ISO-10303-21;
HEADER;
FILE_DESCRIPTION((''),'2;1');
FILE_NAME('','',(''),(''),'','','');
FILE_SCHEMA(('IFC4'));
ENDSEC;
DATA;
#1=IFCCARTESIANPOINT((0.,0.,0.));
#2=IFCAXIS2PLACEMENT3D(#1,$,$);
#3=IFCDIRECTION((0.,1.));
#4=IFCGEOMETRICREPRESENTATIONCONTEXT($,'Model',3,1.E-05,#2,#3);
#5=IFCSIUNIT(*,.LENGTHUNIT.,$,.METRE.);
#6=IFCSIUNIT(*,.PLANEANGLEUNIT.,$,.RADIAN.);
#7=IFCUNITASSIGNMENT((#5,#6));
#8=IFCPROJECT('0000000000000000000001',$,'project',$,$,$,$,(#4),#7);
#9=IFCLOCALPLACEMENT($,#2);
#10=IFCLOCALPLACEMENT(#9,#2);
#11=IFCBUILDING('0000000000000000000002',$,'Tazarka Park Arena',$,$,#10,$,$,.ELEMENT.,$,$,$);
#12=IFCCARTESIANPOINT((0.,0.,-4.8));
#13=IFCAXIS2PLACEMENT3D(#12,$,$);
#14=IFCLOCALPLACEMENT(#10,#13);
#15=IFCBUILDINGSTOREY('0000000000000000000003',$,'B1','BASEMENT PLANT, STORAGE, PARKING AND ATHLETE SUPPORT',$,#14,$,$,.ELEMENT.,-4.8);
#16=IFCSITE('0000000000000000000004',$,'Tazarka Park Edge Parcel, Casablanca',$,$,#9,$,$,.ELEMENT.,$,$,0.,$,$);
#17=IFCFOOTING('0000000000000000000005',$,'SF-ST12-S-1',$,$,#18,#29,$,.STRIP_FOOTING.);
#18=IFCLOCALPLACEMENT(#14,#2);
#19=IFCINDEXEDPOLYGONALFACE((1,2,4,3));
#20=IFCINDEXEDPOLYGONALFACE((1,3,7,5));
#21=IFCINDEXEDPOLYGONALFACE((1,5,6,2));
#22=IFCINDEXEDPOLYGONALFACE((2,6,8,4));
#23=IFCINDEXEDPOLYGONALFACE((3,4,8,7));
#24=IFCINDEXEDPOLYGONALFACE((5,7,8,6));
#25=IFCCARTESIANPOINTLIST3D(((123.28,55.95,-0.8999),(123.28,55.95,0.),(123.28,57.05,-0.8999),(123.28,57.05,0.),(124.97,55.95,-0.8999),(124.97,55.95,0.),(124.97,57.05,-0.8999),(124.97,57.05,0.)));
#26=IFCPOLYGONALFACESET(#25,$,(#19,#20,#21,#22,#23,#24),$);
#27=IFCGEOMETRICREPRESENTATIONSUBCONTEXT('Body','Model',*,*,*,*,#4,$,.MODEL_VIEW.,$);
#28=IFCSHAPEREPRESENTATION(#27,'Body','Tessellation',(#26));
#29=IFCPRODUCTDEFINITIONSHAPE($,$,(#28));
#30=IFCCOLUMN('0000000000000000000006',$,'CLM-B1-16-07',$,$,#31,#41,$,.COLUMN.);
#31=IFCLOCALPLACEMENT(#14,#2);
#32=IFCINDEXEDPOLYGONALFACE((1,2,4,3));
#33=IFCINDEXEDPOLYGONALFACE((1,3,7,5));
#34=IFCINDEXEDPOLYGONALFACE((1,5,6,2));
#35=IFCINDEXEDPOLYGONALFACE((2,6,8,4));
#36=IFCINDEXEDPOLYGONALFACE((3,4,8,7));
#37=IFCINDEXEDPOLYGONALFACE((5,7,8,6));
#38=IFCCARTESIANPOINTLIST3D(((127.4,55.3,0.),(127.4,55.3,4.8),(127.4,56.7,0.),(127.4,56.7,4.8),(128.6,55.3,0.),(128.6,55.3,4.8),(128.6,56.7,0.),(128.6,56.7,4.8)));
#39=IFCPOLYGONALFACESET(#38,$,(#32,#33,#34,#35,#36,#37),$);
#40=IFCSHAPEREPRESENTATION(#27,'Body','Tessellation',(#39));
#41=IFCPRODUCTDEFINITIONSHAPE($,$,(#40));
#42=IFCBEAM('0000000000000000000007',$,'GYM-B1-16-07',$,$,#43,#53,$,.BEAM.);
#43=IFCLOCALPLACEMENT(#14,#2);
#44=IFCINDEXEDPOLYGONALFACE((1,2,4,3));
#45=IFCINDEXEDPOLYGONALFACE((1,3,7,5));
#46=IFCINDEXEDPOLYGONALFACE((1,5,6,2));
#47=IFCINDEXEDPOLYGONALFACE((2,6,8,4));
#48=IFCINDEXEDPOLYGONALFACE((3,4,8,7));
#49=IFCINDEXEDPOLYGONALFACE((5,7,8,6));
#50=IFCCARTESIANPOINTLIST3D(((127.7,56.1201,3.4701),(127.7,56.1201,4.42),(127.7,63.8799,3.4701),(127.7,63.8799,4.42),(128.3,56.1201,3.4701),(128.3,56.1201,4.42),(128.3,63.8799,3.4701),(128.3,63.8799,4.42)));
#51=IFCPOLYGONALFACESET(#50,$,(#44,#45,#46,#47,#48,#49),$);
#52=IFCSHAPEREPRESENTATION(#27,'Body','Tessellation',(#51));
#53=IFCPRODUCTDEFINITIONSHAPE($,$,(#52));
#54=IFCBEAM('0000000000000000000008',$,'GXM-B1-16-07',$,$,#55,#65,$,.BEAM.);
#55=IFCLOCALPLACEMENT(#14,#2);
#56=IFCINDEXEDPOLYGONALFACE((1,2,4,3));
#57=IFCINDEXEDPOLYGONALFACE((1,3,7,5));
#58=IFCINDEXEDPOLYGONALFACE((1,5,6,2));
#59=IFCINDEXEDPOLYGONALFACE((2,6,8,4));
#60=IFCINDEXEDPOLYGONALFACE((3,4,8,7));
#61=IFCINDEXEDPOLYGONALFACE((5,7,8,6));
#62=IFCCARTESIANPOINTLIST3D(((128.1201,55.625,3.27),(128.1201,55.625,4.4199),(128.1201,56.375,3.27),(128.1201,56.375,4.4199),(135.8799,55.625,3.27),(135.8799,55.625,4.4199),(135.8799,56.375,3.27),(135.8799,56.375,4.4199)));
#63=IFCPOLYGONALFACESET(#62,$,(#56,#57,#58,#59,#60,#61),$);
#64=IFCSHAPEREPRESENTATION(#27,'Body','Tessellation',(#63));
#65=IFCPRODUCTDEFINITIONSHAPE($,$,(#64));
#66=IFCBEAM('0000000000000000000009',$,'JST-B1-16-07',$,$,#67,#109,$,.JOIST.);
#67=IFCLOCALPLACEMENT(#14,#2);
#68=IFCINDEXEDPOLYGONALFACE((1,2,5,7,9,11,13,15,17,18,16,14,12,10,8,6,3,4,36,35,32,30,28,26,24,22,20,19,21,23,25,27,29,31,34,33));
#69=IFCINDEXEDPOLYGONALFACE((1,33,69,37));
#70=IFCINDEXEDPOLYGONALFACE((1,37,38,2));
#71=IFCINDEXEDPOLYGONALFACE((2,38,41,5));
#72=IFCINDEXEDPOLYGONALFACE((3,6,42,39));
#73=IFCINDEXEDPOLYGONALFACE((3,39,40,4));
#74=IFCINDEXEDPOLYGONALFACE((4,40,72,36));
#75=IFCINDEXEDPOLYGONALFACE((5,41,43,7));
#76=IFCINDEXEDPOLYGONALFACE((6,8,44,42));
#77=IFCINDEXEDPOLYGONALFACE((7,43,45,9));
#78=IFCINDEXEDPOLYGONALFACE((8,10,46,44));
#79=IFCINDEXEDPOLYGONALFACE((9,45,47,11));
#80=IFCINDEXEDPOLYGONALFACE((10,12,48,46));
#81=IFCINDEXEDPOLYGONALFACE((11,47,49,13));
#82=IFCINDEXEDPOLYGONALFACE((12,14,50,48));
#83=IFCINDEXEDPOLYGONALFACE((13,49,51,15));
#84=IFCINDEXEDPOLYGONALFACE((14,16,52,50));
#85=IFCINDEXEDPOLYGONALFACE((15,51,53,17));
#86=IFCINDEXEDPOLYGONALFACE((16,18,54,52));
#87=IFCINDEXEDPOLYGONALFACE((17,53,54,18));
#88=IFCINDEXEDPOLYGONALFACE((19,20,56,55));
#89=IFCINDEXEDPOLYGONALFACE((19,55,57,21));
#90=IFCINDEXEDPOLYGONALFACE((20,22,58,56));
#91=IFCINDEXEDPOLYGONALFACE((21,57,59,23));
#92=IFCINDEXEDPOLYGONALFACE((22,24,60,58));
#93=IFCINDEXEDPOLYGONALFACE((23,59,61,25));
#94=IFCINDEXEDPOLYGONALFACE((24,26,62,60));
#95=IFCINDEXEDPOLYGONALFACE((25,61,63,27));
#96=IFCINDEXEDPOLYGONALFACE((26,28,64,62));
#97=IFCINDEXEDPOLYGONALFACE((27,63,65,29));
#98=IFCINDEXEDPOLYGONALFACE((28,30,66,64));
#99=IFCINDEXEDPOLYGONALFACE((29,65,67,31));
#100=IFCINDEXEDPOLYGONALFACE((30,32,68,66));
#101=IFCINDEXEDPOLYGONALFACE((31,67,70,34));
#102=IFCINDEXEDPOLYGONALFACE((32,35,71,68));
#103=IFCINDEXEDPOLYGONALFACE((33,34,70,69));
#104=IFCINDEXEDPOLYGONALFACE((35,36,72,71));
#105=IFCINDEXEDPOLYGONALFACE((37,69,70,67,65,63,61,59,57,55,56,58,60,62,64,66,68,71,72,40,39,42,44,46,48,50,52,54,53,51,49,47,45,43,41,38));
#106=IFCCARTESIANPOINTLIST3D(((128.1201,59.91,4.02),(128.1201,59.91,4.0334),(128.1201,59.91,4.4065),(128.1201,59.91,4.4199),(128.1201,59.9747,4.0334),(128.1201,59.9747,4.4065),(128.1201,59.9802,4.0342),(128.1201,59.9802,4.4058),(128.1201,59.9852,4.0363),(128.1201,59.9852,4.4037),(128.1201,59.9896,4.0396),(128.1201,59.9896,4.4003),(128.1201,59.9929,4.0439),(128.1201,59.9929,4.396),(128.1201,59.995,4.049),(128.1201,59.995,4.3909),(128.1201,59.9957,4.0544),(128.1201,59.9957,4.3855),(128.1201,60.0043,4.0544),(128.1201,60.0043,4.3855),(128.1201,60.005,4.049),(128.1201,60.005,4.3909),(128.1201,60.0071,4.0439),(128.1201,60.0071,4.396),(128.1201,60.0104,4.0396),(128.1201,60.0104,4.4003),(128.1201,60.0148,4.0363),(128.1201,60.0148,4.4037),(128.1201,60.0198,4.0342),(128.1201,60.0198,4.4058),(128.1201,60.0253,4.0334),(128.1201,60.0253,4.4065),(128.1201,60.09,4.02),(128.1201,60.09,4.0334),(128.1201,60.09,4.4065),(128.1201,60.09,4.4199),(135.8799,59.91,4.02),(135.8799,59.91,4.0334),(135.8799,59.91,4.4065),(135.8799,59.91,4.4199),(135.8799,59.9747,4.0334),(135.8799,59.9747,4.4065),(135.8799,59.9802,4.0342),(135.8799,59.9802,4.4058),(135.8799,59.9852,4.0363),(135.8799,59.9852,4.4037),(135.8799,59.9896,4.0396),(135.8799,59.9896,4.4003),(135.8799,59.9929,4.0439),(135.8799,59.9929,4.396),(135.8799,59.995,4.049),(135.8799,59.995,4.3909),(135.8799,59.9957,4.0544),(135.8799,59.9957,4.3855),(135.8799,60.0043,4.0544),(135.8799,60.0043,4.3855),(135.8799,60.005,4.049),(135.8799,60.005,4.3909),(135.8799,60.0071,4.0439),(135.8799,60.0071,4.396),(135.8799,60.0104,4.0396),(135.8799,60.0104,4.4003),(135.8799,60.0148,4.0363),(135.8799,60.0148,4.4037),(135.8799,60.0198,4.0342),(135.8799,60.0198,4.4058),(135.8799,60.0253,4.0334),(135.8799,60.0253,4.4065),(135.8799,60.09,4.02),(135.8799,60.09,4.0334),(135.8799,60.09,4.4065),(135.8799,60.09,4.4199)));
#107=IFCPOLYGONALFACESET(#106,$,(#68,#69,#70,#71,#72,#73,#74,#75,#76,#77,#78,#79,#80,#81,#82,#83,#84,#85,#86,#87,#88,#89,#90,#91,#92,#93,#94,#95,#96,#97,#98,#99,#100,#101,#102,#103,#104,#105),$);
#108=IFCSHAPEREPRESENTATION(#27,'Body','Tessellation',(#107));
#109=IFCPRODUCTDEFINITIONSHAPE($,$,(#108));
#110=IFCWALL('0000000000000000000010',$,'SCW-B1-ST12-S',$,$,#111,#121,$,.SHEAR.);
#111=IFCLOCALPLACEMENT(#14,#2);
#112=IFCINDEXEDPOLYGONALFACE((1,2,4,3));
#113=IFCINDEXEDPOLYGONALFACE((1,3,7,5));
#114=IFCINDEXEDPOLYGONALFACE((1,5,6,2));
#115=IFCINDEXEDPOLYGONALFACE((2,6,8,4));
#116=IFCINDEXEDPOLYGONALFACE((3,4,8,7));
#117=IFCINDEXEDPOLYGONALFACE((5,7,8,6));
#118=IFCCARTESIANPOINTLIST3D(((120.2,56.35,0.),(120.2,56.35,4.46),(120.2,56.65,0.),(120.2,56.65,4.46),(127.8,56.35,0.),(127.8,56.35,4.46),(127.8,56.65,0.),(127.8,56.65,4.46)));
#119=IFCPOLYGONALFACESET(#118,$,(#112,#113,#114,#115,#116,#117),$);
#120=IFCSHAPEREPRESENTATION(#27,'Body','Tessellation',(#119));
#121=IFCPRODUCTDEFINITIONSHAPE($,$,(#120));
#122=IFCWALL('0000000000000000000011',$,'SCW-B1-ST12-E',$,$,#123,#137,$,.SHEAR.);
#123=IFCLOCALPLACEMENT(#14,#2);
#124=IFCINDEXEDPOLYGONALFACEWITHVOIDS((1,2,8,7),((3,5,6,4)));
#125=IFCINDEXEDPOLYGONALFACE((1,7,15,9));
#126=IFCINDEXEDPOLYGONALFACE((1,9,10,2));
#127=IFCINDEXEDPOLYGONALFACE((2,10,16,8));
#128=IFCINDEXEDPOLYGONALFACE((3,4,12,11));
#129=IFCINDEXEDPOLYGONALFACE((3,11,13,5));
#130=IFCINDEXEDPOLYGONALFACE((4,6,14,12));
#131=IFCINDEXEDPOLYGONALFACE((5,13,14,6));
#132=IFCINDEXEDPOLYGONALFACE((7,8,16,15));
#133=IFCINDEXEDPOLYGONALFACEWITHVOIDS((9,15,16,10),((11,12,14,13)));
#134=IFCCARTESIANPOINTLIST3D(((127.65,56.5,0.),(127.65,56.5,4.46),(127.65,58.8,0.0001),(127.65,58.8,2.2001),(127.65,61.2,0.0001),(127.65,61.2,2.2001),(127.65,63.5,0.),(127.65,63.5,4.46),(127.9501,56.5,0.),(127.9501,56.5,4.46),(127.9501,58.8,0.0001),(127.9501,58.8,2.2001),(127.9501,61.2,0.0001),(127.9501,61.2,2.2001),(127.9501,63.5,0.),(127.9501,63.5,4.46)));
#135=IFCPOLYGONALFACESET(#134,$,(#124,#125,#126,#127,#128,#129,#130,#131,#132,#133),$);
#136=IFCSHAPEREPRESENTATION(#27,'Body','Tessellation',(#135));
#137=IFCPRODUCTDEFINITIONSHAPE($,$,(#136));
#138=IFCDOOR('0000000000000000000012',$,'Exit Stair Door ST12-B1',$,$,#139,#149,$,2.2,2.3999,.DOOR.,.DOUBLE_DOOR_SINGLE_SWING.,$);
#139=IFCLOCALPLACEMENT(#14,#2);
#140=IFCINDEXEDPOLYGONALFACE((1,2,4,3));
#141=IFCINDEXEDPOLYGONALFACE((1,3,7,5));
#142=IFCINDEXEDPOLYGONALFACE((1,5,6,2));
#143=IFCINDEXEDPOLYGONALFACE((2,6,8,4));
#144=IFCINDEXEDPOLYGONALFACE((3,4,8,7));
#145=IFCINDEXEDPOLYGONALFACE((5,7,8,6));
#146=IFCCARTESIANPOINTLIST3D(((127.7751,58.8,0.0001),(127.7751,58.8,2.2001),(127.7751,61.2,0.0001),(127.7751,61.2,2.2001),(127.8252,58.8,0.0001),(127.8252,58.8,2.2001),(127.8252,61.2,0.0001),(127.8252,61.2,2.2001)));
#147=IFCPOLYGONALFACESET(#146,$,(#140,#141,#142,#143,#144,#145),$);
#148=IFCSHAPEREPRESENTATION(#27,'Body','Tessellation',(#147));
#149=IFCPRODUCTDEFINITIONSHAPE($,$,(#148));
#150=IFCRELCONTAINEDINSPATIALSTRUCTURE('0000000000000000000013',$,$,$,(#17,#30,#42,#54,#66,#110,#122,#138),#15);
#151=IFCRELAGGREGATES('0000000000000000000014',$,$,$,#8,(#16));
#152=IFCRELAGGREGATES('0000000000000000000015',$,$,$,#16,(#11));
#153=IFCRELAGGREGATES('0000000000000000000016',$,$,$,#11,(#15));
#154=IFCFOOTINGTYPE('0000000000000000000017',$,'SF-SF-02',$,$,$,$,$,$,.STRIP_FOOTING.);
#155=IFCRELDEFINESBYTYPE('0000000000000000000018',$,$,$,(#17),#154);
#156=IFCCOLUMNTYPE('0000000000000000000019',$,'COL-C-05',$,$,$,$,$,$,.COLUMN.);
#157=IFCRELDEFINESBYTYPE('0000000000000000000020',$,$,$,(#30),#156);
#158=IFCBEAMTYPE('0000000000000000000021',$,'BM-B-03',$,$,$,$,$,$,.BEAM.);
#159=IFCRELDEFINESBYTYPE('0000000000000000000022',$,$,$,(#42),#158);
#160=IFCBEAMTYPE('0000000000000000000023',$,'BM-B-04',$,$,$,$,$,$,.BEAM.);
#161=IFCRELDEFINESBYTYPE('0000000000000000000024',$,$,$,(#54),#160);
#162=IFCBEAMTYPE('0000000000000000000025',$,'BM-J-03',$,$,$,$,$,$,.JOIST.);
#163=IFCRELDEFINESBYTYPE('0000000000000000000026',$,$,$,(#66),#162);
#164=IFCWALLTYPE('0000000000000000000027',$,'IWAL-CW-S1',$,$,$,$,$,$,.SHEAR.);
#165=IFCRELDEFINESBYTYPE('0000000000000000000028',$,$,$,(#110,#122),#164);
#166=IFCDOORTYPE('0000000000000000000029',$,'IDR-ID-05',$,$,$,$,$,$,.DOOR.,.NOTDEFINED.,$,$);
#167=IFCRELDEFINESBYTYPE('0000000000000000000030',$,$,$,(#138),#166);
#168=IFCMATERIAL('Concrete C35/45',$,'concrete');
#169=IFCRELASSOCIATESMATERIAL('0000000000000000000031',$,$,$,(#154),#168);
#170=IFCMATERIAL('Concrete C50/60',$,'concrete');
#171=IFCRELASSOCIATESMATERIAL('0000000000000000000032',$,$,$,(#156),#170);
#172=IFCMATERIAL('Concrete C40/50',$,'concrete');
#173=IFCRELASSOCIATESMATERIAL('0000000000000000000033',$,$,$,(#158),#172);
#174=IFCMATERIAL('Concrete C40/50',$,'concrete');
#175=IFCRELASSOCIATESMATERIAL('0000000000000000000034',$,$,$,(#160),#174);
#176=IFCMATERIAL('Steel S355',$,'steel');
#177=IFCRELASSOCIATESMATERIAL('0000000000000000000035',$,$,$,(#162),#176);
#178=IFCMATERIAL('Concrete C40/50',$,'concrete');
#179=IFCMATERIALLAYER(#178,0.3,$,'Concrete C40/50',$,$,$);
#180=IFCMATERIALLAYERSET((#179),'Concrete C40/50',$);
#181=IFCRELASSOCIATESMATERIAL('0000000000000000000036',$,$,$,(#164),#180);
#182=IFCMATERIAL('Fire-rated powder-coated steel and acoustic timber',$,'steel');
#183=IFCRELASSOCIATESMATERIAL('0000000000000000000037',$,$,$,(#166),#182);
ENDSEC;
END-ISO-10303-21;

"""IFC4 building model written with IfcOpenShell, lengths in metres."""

from ifc_helpers import new_model, si_unit, direction, frame, frame_2d, origin, origin_2d, place, context, subcontext, project, spatial, rectangle, i_section, extrude, material, layer, layer_set, material_profile, profile_set, type_object, element, fill, save


model = new_model("IFC4")

# Units and contexts
model_context = context("Model", 3, precision=1e-05, world=origin(), true_north=direction((0.0, 1.0)))
body_context = subcontext(model_context, "Body", "Model", "MODEL_VIEW")
ifc_project = project(units=[si_unit("LENGTHUNIT", "METRE"), si_unit("PLANEANGLEUNIT", "RADIAN")], contexts=[model_context])

# Site, building, storey
site_placement = place(None, origin())
site = spatial("IfcSite", under=ifc_project, at=site_placement, Name="Tazarka Park Edge Parcel, Casablanca", CompositionType="ELEMENT", RefElevation=0.0)
building_placement = place(site_placement, origin())
building = spatial("IfcBuilding", under=site, at=building_placement, Name="Tazarka Park Arena", CompositionType="ELEMENT")
storey_placement = place(building_placement, frame((0.0, 0.0, -4.8)))
storey = spatial("IfcBuildingStorey", under=building, at=storey_placement, Name="B1", Description="BASEMENT PLANT, STORAGE, PARKING AND ATHLETE SUPPORT", CompositionType="ELEMENT", Elevation=-4.8)

# Footing
ifc_material_1 = material(Name="Concrete C35/45", Category="concrete")
ifc_material_profile_1 = material_profile(ifc_material_1, rectangle(XDim=1.1001, YDim=0.8999, at=origin_2d()), Name="Concrete C35/45")
ifc_profile_set_1 = profile_set([ifc_material_profile_1], Name="Concrete C35/45")
footing_type_1 = type_object("IfcFootingType", Name="SF-SF-02", PredefinedType="STRIP_FOOTING", material=ifc_profile_set_1)
footing_1_placement = place(storey_placement, frame((124.97, 56.5, -0.45), z_axis=(-1.0, 0.0, 0.0), x_axis=(0.0, -1.0, 0.0)))
element("IfcFooting", 1, at=footing_1_placement, inside=storey, type_object=footing_type_1, Name="SF-ST12-S-1", PredefinedType="STRIP_FOOTING", context=body_context, shape_type="SweptSolid", body=[
    extrude(rectangle(XDim=1.1001, YDim=0.8999, at=origin_2d()), origin(), (0.0, 0.0, 1.0), 1.6899),
])

# Column
ifc_material_2 = material(Name="Concrete C50/60", Category="concrete")
ifc_material_profile_2 = material_profile(ifc_material_2, rectangle(XDim=1.2, YDim=1.3999, at=origin_2d()), Name="Concrete C50/60")
ifc_profile_set_2 = profile_set([ifc_material_profile_2], Name="Concrete C50/60")
column_type = type_object("IfcColumnType", Name="COL-C-05", PredefinedType="COLUMN", material=ifc_profile_set_2)
column_placement = place(storey_placement, frame((128.0, 56.0, 0.0), z_axis=(0.0, 0.0, 1.0), x_axis=(1.0, 0.0, 0.0)))
element("IfcColumn", 2, at=column_placement, inside=storey, type_object=column_type, Name="CLM-B1-16-07", PredefinedType="COLUMN", context=body_context, shape_type="SweptSolid", body=[
    extrude(rectangle(XDim=1.2, YDim=1.3999, at=origin_2d()), origin(), (0.0, 0.0, 1.0), 4.8),
])

# Beams
ifc_material_3 = material(Name="Concrete C40/50", Category="concrete")
ifc_material_profile_3 = material_profile(ifc_material_3, rectangle(XDim=0.6001, YDim=0.95, at=origin_2d()), Name="Concrete C40/50")
ifc_profile_set_3 = profile_set([ifc_material_profile_3], Name="Concrete C40/50")
beam_type_1 = type_object("IfcBeamType", Name="BM-B-03", PredefinedType="BEAM", material=ifc_profile_set_3)
beam_1_placement = place(storey_placement, frame((128.0, 56.1201, 3.9451), z_axis=(0.0, 1.0, 0.0), x_axis=(-1.0, 0.0, 0.0)))
element("IfcBeam", 3, at=beam_1_placement, inside=storey, type_object=beam_type_1, Name="GYM-B1-16-07", PredefinedType="BEAM", context=body_context, shape_type="SweptSolid", body=[
    extrude(rectangle(XDim=0.6001, YDim=0.95, at=origin_2d()), origin(), (0.0, 0.0, 1.0), 7.7598),
])
ifc_material_4 = material(Name="Concrete C40/50", Category="concrete")
ifc_material_profile_4 = material_profile(ifc_material_4, rectangle(XDim=0.75, YDim=1.1499, at=origin_2d()), Name="Concrete C40/50")
ifc_profile_set_4 = profile_set([ifc_material_profile_4], Name="Concrete C40/50")
beam_type_2 = type_object("IfcBeamType", Name="BM-B-04", PredefinedType="BEAM", material=ifc_profile_set_4)
beam_2_placement = place(storey_placement, frame((128.1201, 56.0, 3.845), z_axis=(1.0, 0.0, 0.0), x_axis=(0.0, 1.0, 0.0)))
element("IfcBeam", 4, at=beam_2_placement, inside=storey, type_object=beam_type_2, Name="GXM-B1-16-07", PredefinedType="BEAM", context=body_context, shape_type="SweptSolid", body=[
    extrude(rectangle(XDim=0.75, YDim=1.1499, at=origin_2d()), origin(), (0.0, 0.0, 1.0), 7.7598),
])
ifc_material_5 = material(Name="Steel S355", Category="steel")
ifc_material_profile_5 = material_profile(ifc_material_5, i_section(OverallWidth=0.1799, OverallDepth=0.3999, WebThickness=0.0085, FlangeThickness=0.0134, FilletRadius=0.021, at=origin_2d()), Name="Steel S355")
ifc_profile_set_5 = profile_set([ifc_material_profile_5], Name="Steel S355")
beam_type_3 = type_object("IfcBeamType", Name="BM-J-03", PredefinedType="JOIST", material=ifc_profile_set_5)
beam_3_placement = place(storey_placement, frame((128.1201, 60.0, 4.22), z_axis=(1.0, 0.0, 0.0), x_axis=(0.0, 1.0, 0.0)))
element("IfcBeam", 5, at=beam_3_placement, inside=storey, type_object=beam_type_3, Name="JST-B1-16-07", PredefinedType="JOIST", context=body_context, shape_type="SweptSolid", body=[
    extrude(i_section(OverallWidth=0.1799, OverallDepth=0.3999, WebThickness=0.0085, FlangeThickness=0.0134, FilletRadius=0.021, at=origin_2d()), origin(), (0.0, 0.0, 1.0), 7.7598),
])

# Wall
ifc_material_6 = material(Name="Concrete C40/50", Category="concrete")
ifc_layer = layer(ifc_material_6, 0.3, Name="Concrete C40/50")
ifc_layer_set = layer_set([ifc_layer], Name="Concrete C40/50")
wall_type = type_object("IfcWallType", Name="IWAL-CW-S1", PredefinedType="SHEAR", material=ifc_layer_set)
wall_1_placement = place(storey_placement, frame((127.8, 56.5, 0.0), z_axis=(0.0, 0.0, 1.0), x_axis=(-1.0, 0.0, 0.0)))
element("IfcWall", 6, at=wall_1_placement, inside=storey, type_object=wall_type, Name="SCW-B1-ST12-S", PredefinedType="SHEAR", context=body_context, shape_type="SweptSolid", body=[
    extrude(rectangle(XDim=7.6001, YDim=0.3, at=frame_2d((3.8, 0.0))), origin(), (0.0, 0.0, 1.0), 4.46),
])

# Wall, opening, door
wall_2_placement = place(storey_placement, frame((127.8, 63.5, 0.0), z_axis=(0.0, 0.0, 1.0), x_axis=(0.0, -1.0, 0.0)))
wall_2 = element("IfcWall", 7, at=wall_2_placement, inside=storey, type_object=wall_type, Name="SCW-B1-ST12-E", PredefinedType="SHEAR", context=body_context, shape_type="SweptSolid", body=[
    extrude(rectangle(XDim=7.0, YDim=0.3, at=frame_2d((3.5, 0.0))), origin(), (0.0, 0.0, 1.0), 4.46),
])
opening_1_placement = place(wall_2_placement, frame((2.3, 0.0, 0.0)))
opening_1 = element("IfcOpeningElement", 8, at=opening_1_placement, cuts=wall_2, PredefinedType="OPENING", context=body_context, shape_type="SweptSolid", body=[
    extrude(rectangle(XDim=2.3999, YDim=2.2, at=frame_2d((1.2, 1.1001))), frame((0.0, 0.1602, 0.0), z_axis=(0.0, -1.0, 0.0), x_axis=(1.0, 0.0, 0.0)), (0.0, 0.0, 1.0), 0.3201),
])
ifc_material_7 = material(Name="Fire-rated powder-coated steel and acoustic timber", Category="steel")
door_type_1 = type_object("IfcDoorType", Name="IDR-ID-05", OperationType="NOTDEFINED", PredefinedType="DOOR", material=ifc_material_7)
door_1_placement = place(opening_1_placement, frame((2.3999, 0.0, 0.0), z_axis=(0.0, 0.0, 1.0), x_axis=(-1.0, 0.0, 0.0)))
door_1 = element("IfcDoor", 9, at=door_1_placement, inside=storey, type_object=door_type_1, Name="Exit Stair Door ST12-B1", OperationType="DOUBLE_DOOR_SINGLE_SWING", OverallHeight=2.2, OverallWidth=2.3999, PredefinedType="DOOR", context=body_context, shape_type="SweptSolid", body=[
    extrude(rectangle(XDim=2.3999, YDim=2.2, at=frame_2d((1.2, 1.1001))), frame((0.0, 0.0249, 0.0), z_axis=(0.0, -1.0, 0.0), x_axis=(1.0, 0.0, 0.0)), (0.0, 0.0, 1.0), 0.05),
])
fill(opening_1, door_1)

save(model, "model.ifc")
